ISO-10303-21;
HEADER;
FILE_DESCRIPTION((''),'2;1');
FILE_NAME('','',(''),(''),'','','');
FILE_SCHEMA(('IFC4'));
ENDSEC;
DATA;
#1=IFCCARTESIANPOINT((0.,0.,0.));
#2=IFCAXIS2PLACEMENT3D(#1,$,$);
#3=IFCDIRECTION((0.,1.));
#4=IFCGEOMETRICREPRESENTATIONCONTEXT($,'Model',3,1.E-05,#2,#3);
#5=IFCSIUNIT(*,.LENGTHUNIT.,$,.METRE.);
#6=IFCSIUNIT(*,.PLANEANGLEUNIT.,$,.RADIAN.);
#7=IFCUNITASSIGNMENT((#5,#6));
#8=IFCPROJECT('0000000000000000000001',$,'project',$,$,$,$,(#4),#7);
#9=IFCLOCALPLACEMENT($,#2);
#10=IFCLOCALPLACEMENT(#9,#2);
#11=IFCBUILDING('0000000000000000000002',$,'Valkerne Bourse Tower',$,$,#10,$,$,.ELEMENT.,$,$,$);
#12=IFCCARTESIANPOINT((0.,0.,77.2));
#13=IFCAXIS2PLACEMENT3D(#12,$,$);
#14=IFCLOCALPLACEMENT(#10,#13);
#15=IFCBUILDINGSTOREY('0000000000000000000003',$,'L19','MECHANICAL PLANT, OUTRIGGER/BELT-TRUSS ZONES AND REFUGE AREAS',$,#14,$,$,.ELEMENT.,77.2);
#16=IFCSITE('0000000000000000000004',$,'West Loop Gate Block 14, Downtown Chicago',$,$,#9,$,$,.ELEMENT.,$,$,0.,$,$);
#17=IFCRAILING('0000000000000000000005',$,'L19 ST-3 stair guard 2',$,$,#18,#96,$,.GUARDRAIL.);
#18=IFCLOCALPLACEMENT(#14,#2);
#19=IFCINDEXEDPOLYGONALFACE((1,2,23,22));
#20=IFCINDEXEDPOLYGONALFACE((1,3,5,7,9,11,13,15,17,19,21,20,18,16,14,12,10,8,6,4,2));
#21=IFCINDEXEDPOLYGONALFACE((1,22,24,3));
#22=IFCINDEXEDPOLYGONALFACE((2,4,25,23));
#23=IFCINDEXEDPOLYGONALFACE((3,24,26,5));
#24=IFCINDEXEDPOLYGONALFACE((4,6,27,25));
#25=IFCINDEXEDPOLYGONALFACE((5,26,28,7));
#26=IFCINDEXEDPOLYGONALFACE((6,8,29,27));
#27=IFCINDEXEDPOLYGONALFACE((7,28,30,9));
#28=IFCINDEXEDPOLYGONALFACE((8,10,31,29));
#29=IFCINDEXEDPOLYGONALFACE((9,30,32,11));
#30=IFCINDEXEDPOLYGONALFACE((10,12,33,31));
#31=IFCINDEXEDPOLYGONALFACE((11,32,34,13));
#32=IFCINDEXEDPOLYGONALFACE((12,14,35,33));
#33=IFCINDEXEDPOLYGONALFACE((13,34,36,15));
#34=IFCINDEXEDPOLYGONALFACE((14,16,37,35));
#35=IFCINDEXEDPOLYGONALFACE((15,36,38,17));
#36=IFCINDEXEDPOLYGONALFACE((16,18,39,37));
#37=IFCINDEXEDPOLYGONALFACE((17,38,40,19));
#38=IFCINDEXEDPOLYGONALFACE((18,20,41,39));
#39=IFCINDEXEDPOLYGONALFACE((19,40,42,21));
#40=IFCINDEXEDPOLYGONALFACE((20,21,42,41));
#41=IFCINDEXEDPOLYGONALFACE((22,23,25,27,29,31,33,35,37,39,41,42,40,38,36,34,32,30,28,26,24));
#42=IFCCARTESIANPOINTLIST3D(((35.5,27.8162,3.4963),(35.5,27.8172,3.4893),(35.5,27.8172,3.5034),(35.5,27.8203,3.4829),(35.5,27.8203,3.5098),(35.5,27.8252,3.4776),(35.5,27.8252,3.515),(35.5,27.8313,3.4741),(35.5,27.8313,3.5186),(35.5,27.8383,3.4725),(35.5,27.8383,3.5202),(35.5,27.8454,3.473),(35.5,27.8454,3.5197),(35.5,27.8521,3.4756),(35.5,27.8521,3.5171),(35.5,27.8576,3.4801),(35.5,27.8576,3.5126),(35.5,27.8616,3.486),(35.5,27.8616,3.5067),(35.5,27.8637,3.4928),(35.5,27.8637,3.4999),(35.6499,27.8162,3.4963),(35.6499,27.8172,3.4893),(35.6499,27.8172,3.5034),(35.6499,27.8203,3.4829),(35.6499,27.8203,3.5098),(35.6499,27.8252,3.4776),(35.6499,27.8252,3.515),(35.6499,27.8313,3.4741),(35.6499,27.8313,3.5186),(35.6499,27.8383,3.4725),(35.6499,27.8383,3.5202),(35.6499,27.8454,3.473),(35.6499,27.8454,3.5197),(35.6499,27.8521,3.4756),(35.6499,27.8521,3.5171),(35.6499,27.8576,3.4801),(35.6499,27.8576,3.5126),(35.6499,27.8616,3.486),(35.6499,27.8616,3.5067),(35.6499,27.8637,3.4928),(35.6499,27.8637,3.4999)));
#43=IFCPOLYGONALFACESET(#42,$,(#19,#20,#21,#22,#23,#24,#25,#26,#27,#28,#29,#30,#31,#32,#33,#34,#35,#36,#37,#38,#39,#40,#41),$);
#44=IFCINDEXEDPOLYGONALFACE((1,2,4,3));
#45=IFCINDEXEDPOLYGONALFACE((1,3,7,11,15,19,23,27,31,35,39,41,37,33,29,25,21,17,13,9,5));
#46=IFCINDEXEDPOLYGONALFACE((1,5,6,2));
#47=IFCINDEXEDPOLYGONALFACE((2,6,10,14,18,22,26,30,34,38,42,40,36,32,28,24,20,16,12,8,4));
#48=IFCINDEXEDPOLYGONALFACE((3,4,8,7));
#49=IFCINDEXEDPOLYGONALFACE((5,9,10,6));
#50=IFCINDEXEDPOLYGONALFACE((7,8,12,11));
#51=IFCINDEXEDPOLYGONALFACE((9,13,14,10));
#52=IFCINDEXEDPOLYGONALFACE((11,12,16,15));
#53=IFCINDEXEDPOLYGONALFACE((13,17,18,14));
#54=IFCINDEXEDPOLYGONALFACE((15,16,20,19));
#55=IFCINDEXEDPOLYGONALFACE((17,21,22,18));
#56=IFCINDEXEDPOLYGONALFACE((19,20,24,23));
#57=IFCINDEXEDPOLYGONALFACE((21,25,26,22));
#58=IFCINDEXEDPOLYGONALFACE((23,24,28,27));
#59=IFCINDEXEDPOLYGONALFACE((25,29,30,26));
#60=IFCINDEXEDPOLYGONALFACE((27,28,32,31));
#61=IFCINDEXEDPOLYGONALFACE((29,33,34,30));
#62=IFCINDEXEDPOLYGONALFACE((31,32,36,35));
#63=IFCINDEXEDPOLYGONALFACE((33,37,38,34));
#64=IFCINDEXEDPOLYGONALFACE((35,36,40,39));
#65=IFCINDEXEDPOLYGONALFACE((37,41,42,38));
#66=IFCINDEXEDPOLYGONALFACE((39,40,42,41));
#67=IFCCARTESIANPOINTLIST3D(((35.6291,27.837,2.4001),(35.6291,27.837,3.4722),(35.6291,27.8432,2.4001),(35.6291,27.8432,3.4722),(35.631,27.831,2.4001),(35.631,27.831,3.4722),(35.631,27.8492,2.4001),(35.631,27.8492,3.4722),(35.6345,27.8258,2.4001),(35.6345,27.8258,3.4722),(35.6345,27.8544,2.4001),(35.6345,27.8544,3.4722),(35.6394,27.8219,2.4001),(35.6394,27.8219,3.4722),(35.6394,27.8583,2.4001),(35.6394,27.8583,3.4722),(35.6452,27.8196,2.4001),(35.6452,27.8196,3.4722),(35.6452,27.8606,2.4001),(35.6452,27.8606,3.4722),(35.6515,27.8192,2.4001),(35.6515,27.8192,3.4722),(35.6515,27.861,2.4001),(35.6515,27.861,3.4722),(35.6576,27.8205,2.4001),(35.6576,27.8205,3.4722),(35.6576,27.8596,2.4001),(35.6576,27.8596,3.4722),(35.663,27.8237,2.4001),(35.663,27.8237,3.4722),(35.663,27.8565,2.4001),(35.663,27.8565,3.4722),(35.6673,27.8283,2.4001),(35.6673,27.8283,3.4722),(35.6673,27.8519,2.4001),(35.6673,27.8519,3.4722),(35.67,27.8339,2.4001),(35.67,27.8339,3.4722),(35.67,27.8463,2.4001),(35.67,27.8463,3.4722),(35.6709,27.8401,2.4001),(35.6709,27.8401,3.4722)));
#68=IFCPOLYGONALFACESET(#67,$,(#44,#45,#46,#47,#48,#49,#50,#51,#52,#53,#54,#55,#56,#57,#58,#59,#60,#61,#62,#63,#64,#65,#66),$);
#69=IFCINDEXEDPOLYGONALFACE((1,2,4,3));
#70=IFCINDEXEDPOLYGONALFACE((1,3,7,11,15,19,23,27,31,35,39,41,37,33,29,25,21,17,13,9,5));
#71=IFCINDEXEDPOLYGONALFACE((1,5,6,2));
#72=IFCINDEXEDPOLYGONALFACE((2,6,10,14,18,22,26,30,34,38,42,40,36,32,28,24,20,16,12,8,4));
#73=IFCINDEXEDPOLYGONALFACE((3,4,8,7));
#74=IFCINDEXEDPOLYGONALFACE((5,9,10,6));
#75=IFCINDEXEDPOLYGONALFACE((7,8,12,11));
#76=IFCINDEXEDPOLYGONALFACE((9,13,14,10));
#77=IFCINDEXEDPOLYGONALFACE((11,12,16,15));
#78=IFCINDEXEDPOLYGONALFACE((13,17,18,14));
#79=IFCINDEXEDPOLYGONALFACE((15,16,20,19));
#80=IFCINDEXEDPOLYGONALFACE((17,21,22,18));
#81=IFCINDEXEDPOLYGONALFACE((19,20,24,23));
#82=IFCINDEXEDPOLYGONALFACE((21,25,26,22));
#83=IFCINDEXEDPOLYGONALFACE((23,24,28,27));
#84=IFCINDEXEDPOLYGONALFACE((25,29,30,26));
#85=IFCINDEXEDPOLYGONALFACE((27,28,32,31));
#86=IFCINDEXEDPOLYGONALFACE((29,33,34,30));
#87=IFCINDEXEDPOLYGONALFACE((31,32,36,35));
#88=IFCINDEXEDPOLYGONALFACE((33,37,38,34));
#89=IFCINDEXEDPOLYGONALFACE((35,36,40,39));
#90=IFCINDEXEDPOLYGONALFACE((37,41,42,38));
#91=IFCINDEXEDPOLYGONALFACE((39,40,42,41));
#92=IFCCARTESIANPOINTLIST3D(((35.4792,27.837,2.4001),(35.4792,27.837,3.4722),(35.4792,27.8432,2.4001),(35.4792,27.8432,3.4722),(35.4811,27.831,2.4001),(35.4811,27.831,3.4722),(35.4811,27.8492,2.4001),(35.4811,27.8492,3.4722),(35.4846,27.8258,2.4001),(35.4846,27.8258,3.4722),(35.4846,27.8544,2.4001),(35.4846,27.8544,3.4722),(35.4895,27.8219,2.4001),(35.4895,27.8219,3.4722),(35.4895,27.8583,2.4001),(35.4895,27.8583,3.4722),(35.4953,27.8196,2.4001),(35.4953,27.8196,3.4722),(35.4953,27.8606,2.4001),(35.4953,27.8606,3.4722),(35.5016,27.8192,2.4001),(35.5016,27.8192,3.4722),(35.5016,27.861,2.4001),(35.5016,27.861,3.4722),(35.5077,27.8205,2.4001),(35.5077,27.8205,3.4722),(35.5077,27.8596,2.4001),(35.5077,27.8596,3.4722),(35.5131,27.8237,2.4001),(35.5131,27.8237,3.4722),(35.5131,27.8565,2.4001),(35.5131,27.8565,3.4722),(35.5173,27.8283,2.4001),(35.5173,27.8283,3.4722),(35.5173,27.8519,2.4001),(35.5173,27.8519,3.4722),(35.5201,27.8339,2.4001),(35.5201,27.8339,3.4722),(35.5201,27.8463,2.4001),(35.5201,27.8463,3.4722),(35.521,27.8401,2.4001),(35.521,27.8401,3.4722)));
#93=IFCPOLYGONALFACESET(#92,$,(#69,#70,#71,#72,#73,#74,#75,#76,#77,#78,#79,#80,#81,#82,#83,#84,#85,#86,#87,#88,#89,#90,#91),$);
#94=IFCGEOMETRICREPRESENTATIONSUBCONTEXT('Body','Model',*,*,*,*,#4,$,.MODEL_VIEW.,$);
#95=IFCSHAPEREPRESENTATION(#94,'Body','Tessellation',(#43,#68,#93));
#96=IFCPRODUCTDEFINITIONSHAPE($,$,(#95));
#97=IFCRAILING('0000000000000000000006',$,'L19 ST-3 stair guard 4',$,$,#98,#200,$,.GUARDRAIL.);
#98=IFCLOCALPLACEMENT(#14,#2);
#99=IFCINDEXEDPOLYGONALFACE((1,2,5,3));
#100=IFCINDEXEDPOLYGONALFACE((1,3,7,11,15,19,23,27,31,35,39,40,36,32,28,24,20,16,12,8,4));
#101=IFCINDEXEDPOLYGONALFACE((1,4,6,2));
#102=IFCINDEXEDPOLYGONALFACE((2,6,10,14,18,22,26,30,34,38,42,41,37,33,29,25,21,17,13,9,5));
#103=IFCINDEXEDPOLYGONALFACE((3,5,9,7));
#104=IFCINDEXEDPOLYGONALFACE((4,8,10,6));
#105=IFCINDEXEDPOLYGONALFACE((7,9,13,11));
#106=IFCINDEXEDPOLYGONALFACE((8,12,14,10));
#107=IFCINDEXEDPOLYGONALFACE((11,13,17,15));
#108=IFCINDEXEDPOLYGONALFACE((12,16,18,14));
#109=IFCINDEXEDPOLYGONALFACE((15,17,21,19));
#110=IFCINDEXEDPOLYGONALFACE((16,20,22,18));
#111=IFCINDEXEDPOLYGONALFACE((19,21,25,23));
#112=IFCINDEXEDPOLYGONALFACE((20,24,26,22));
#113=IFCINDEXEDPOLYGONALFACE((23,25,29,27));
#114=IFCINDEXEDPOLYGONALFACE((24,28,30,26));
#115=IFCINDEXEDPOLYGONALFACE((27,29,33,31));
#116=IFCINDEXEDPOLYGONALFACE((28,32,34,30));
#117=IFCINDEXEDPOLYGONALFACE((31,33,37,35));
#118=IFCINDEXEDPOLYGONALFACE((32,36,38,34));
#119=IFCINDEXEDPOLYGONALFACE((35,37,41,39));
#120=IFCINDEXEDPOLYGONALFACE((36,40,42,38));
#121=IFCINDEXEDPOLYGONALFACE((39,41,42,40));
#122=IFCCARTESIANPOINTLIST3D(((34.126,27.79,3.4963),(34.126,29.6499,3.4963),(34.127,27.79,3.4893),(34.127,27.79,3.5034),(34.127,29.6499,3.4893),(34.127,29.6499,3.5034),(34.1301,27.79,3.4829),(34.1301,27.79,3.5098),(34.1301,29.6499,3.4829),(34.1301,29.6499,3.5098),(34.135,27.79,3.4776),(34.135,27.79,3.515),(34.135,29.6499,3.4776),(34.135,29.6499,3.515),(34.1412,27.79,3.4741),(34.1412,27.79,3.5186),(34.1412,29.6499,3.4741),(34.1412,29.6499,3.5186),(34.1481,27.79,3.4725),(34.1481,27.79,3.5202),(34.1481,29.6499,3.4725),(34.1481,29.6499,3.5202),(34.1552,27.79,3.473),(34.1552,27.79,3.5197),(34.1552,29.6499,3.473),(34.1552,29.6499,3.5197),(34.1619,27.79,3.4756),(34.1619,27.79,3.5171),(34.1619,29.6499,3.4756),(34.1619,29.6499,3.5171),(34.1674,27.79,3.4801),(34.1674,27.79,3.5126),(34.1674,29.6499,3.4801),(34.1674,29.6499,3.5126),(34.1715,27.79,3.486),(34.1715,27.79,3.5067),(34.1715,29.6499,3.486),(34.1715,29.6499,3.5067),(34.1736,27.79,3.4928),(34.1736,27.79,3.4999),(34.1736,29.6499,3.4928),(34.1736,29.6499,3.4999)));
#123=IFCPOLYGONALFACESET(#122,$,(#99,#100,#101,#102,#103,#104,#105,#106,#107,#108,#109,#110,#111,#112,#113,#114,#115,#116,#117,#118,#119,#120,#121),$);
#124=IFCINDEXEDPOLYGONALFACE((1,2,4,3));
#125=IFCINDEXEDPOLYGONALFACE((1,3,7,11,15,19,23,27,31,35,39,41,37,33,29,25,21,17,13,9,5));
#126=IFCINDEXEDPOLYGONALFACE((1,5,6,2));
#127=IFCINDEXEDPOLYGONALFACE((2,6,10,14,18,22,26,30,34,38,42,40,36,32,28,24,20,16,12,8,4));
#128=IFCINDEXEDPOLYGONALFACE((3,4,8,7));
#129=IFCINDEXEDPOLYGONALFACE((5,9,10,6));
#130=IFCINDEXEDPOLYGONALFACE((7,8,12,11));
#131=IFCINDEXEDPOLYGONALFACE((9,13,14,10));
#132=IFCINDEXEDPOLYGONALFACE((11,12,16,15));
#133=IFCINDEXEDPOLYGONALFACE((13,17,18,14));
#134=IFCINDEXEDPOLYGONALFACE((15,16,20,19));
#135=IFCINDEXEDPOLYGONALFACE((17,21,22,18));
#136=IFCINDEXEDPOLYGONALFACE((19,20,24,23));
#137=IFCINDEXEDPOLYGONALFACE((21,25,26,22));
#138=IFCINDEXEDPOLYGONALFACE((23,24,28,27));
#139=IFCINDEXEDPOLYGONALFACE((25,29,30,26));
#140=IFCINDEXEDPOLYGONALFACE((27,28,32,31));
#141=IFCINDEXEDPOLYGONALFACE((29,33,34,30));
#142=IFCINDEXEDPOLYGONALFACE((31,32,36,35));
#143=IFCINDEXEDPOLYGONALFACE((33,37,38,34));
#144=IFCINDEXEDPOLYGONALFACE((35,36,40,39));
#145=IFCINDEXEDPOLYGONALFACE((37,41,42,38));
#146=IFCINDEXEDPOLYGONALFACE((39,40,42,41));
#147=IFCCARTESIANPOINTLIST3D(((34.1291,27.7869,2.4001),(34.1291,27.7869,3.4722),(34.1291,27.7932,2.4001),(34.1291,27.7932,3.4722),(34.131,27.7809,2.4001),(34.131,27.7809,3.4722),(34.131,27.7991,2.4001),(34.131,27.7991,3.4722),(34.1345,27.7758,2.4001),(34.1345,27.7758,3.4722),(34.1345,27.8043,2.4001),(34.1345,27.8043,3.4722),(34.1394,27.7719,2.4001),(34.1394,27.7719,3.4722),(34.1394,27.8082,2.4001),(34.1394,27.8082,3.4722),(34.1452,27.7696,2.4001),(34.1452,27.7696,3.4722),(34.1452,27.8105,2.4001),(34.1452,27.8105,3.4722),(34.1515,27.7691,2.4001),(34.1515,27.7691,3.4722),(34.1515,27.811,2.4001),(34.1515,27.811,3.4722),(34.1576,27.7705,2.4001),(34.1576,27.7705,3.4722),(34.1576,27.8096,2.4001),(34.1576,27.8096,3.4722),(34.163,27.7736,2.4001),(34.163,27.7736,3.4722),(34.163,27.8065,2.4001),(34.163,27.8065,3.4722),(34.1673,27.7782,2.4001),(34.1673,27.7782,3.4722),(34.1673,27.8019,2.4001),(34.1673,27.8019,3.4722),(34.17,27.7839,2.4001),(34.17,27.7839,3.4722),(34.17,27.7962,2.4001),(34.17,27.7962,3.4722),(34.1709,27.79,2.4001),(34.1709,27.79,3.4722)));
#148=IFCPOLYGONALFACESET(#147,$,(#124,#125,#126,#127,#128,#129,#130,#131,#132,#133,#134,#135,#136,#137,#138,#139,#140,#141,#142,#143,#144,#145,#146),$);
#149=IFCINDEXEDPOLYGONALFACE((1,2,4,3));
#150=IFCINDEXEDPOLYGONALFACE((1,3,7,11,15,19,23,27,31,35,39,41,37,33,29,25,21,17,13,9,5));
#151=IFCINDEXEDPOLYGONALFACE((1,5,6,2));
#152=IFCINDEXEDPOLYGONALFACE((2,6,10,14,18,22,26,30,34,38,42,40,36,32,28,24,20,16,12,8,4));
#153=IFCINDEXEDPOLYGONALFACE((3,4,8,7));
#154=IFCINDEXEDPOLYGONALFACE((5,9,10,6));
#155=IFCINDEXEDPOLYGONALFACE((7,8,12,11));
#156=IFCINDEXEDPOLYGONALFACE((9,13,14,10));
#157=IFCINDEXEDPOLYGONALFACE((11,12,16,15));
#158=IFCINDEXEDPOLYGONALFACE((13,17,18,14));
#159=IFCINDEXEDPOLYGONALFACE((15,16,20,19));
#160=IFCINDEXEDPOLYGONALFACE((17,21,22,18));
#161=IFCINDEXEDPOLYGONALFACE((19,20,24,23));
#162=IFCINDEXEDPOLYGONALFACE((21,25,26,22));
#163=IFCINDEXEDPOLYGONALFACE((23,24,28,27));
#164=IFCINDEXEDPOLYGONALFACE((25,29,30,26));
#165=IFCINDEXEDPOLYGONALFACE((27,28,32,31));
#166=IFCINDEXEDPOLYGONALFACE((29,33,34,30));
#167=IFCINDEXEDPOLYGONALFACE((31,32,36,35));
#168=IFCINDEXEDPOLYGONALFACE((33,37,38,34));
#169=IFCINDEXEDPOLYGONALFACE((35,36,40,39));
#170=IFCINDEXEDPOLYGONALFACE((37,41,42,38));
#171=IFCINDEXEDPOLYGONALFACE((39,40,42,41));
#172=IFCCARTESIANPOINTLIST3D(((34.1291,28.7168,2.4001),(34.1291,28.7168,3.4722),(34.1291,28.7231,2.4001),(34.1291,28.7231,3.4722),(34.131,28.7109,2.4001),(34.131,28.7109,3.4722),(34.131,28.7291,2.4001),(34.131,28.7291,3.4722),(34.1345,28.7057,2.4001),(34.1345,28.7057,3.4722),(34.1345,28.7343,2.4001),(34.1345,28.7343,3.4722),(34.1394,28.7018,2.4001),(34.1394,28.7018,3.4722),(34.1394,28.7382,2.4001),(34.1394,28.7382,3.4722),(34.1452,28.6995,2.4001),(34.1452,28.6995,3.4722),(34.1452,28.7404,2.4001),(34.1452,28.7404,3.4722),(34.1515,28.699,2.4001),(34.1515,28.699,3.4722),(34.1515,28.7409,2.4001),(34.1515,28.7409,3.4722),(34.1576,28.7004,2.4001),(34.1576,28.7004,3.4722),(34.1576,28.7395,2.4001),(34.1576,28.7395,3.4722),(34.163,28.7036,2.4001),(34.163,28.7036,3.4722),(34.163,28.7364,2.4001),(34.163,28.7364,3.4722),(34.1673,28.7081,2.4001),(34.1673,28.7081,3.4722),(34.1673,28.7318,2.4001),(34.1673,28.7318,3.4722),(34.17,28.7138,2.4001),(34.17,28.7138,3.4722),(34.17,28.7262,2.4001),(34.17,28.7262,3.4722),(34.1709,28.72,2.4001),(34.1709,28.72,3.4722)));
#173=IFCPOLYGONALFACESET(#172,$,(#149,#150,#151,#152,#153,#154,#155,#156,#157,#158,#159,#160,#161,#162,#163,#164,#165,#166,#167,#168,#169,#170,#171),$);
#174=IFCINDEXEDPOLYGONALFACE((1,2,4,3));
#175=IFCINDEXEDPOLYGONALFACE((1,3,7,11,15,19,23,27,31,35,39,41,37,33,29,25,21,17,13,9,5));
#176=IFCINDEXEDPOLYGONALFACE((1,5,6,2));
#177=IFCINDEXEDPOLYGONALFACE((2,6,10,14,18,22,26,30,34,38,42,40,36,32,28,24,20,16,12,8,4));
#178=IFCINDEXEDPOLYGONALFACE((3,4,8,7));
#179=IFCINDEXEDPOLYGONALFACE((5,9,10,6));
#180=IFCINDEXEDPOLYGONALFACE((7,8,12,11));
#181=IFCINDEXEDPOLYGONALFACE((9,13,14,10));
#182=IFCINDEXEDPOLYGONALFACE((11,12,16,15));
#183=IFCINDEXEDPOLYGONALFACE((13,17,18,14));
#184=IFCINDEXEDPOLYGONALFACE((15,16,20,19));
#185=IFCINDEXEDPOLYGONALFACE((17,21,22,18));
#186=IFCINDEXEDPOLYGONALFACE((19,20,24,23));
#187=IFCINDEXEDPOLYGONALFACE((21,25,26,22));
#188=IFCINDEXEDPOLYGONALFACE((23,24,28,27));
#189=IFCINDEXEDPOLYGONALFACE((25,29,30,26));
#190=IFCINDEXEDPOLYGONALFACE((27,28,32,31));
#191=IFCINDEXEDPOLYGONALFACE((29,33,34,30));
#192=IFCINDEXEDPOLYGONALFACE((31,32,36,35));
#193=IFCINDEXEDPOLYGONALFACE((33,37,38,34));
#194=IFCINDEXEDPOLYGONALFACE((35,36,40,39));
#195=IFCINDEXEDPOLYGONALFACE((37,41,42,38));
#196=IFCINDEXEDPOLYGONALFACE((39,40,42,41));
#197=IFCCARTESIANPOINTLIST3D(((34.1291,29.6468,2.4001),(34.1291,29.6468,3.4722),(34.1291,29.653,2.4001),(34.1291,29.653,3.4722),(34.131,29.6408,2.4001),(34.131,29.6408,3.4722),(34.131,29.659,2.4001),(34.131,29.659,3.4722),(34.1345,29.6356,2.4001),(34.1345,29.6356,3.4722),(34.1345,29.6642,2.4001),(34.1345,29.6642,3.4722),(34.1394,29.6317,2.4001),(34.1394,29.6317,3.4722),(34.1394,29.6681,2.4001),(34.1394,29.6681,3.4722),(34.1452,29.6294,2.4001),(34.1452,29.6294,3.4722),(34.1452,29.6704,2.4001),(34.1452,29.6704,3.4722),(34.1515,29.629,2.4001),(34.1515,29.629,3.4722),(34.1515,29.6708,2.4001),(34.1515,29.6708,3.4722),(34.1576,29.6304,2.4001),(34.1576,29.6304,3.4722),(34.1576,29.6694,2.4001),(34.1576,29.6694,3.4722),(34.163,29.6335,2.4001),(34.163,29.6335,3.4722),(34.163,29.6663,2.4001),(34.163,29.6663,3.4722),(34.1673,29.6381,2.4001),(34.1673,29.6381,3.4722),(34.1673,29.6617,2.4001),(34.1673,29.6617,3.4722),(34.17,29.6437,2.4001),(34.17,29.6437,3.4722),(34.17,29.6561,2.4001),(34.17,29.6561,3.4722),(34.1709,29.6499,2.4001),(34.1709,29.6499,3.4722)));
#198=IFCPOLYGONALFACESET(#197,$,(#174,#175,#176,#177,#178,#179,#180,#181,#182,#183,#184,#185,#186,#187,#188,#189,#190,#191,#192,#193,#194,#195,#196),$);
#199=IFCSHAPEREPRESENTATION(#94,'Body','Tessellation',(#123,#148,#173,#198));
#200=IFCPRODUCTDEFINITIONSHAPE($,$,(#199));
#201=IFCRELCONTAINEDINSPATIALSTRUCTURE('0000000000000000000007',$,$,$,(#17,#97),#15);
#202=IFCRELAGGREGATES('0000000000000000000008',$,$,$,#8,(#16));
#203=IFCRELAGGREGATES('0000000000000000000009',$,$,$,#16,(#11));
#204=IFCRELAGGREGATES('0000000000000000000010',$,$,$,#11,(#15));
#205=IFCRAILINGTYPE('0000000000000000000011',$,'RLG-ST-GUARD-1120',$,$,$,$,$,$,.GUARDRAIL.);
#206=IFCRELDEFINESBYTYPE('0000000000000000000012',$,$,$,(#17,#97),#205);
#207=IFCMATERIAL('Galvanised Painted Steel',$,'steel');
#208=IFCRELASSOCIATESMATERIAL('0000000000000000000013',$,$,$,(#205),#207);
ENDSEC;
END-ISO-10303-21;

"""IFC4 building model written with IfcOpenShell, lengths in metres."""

from ifc_helpers import new_model, si_unit, direction, frame, origin, origin_2d, place, context, subcontext, project, spatial, circle, extrude, material, type_object, element, save


model = new_model("IFC4")

# Units and contexts
model_context = context("Model", 3, precision=1e-05, world=origin(), true_north=direction((0.0, 1.0)))
body_context = subcontext(model_context, "Body", "Model", "MODEL_VIEW")
ifc_project = project(units=[si_unit("LENGTHUNIT", "METRE"), si_unit("PLANEANGLEUNIT", "RADIAN")], contexts=[model_context])

# Site, building, storey
site_placement = place(None, origin())
site = spatial("IfcSite", under=ifc_project, at=site_placement, Name="West Loop Gate Block 14, Downtown Chicago", CompositionType="ELEMENT", RefElevation=0.0)
building_placement = place(site_placement, origin())
building = spatial("IfcBuilding", under=site, at=building_placement, Name="Valkerne Bourse Tower", CompositionType="ELEMENT")
storey_placement = place(building_placement, frame((0.0, 0.0, 77.2)))
storey = spatial("IfcBuildingStorey", under=building, at=storey_placement, Name="L19", Description="MECHANICAL PLANT, OUTRIGGER/BELT-TRUSS ZONES AND REFUGE AREAS", CompositionType="ELEMENT", Elevation=77.2)

# Shared definitions
ifc_material_1 = material(Name="Galvanised Painted Steel", Category="steel")

# Railings
railing_type_1 = type_object("IfcRailingType", Name="RLG-ST-GUARD-1120", PredefinedType="GUARDRAIL", material=ifc_material_1)
railing_1_placement = place(storey_placement, frame((35.6499, 27.8401, 2.4001)))
element("IfcRailing", 1, at=railing_1_placement, inside=storey, type_object=railing_type_1, Name="L19 ST-3 stair guard 2", PredefinedType="GUARDRAIL", context=body_context, shape_type="SweptSolid", body=[
    extrude(circle(Radius=0.0239, at=origin_2d()), frame((0.0, 0.0, 1.0962), z_axis=(-1.0, 0.0, 0.0), x_axis=(0.0, -1.0, 0.0)), (0.0, 0.0, 1.0), 0.1499),
    extrude(circle(Radius=0.021, at=origin_2d()), origin(), (0.0, 0.0, 1.0), 1.072),
    extrude(circle(Radius=0.021, at=origin_2d()), frame((-0.1499, 0.0, 0.0)), (0.0, 0.0, 1.0), 1.072),
])
railing_2_placement = place(storey_placement, frame((34.1499, 27.79, 2.4001)))
element("IfcRailing", 2, at=railing_2_placement, inside=storey, type_object=railing_type_1, Name="L19 ST-3 stair guard 4", PredefinedType="GUARDRAIL", context=body_context, shape_type="SweptSolid", body=[
    extrude(circle(Radius=0.0239, at=origin_2d()), frame((0.0, 0.0, 1.0962), z_axis=(0.0, 1.0, 0.0), x_axis=(-1.0, 0.0, 0.0)), (0.0, 0.0, 1.0), 1.8599),
    extrude(circle(Radius=0.021, at=origin_2d()), origin(), (0.0, 0.0, 1.0), 1.072),
    extrude(circle(Radius=0.021, at=origin_2d()), frame((0.0, 0.9299, 0.0)), (0.0, 0.0, 1.0), 1.072),
    extrude(circle(Radius=0.021, at=origin_2d()), frame((0.0, 1.8599, 0.0)), (0.0, 0.0, 1.0), 1.072),
])

save(model, "model.ifc")
